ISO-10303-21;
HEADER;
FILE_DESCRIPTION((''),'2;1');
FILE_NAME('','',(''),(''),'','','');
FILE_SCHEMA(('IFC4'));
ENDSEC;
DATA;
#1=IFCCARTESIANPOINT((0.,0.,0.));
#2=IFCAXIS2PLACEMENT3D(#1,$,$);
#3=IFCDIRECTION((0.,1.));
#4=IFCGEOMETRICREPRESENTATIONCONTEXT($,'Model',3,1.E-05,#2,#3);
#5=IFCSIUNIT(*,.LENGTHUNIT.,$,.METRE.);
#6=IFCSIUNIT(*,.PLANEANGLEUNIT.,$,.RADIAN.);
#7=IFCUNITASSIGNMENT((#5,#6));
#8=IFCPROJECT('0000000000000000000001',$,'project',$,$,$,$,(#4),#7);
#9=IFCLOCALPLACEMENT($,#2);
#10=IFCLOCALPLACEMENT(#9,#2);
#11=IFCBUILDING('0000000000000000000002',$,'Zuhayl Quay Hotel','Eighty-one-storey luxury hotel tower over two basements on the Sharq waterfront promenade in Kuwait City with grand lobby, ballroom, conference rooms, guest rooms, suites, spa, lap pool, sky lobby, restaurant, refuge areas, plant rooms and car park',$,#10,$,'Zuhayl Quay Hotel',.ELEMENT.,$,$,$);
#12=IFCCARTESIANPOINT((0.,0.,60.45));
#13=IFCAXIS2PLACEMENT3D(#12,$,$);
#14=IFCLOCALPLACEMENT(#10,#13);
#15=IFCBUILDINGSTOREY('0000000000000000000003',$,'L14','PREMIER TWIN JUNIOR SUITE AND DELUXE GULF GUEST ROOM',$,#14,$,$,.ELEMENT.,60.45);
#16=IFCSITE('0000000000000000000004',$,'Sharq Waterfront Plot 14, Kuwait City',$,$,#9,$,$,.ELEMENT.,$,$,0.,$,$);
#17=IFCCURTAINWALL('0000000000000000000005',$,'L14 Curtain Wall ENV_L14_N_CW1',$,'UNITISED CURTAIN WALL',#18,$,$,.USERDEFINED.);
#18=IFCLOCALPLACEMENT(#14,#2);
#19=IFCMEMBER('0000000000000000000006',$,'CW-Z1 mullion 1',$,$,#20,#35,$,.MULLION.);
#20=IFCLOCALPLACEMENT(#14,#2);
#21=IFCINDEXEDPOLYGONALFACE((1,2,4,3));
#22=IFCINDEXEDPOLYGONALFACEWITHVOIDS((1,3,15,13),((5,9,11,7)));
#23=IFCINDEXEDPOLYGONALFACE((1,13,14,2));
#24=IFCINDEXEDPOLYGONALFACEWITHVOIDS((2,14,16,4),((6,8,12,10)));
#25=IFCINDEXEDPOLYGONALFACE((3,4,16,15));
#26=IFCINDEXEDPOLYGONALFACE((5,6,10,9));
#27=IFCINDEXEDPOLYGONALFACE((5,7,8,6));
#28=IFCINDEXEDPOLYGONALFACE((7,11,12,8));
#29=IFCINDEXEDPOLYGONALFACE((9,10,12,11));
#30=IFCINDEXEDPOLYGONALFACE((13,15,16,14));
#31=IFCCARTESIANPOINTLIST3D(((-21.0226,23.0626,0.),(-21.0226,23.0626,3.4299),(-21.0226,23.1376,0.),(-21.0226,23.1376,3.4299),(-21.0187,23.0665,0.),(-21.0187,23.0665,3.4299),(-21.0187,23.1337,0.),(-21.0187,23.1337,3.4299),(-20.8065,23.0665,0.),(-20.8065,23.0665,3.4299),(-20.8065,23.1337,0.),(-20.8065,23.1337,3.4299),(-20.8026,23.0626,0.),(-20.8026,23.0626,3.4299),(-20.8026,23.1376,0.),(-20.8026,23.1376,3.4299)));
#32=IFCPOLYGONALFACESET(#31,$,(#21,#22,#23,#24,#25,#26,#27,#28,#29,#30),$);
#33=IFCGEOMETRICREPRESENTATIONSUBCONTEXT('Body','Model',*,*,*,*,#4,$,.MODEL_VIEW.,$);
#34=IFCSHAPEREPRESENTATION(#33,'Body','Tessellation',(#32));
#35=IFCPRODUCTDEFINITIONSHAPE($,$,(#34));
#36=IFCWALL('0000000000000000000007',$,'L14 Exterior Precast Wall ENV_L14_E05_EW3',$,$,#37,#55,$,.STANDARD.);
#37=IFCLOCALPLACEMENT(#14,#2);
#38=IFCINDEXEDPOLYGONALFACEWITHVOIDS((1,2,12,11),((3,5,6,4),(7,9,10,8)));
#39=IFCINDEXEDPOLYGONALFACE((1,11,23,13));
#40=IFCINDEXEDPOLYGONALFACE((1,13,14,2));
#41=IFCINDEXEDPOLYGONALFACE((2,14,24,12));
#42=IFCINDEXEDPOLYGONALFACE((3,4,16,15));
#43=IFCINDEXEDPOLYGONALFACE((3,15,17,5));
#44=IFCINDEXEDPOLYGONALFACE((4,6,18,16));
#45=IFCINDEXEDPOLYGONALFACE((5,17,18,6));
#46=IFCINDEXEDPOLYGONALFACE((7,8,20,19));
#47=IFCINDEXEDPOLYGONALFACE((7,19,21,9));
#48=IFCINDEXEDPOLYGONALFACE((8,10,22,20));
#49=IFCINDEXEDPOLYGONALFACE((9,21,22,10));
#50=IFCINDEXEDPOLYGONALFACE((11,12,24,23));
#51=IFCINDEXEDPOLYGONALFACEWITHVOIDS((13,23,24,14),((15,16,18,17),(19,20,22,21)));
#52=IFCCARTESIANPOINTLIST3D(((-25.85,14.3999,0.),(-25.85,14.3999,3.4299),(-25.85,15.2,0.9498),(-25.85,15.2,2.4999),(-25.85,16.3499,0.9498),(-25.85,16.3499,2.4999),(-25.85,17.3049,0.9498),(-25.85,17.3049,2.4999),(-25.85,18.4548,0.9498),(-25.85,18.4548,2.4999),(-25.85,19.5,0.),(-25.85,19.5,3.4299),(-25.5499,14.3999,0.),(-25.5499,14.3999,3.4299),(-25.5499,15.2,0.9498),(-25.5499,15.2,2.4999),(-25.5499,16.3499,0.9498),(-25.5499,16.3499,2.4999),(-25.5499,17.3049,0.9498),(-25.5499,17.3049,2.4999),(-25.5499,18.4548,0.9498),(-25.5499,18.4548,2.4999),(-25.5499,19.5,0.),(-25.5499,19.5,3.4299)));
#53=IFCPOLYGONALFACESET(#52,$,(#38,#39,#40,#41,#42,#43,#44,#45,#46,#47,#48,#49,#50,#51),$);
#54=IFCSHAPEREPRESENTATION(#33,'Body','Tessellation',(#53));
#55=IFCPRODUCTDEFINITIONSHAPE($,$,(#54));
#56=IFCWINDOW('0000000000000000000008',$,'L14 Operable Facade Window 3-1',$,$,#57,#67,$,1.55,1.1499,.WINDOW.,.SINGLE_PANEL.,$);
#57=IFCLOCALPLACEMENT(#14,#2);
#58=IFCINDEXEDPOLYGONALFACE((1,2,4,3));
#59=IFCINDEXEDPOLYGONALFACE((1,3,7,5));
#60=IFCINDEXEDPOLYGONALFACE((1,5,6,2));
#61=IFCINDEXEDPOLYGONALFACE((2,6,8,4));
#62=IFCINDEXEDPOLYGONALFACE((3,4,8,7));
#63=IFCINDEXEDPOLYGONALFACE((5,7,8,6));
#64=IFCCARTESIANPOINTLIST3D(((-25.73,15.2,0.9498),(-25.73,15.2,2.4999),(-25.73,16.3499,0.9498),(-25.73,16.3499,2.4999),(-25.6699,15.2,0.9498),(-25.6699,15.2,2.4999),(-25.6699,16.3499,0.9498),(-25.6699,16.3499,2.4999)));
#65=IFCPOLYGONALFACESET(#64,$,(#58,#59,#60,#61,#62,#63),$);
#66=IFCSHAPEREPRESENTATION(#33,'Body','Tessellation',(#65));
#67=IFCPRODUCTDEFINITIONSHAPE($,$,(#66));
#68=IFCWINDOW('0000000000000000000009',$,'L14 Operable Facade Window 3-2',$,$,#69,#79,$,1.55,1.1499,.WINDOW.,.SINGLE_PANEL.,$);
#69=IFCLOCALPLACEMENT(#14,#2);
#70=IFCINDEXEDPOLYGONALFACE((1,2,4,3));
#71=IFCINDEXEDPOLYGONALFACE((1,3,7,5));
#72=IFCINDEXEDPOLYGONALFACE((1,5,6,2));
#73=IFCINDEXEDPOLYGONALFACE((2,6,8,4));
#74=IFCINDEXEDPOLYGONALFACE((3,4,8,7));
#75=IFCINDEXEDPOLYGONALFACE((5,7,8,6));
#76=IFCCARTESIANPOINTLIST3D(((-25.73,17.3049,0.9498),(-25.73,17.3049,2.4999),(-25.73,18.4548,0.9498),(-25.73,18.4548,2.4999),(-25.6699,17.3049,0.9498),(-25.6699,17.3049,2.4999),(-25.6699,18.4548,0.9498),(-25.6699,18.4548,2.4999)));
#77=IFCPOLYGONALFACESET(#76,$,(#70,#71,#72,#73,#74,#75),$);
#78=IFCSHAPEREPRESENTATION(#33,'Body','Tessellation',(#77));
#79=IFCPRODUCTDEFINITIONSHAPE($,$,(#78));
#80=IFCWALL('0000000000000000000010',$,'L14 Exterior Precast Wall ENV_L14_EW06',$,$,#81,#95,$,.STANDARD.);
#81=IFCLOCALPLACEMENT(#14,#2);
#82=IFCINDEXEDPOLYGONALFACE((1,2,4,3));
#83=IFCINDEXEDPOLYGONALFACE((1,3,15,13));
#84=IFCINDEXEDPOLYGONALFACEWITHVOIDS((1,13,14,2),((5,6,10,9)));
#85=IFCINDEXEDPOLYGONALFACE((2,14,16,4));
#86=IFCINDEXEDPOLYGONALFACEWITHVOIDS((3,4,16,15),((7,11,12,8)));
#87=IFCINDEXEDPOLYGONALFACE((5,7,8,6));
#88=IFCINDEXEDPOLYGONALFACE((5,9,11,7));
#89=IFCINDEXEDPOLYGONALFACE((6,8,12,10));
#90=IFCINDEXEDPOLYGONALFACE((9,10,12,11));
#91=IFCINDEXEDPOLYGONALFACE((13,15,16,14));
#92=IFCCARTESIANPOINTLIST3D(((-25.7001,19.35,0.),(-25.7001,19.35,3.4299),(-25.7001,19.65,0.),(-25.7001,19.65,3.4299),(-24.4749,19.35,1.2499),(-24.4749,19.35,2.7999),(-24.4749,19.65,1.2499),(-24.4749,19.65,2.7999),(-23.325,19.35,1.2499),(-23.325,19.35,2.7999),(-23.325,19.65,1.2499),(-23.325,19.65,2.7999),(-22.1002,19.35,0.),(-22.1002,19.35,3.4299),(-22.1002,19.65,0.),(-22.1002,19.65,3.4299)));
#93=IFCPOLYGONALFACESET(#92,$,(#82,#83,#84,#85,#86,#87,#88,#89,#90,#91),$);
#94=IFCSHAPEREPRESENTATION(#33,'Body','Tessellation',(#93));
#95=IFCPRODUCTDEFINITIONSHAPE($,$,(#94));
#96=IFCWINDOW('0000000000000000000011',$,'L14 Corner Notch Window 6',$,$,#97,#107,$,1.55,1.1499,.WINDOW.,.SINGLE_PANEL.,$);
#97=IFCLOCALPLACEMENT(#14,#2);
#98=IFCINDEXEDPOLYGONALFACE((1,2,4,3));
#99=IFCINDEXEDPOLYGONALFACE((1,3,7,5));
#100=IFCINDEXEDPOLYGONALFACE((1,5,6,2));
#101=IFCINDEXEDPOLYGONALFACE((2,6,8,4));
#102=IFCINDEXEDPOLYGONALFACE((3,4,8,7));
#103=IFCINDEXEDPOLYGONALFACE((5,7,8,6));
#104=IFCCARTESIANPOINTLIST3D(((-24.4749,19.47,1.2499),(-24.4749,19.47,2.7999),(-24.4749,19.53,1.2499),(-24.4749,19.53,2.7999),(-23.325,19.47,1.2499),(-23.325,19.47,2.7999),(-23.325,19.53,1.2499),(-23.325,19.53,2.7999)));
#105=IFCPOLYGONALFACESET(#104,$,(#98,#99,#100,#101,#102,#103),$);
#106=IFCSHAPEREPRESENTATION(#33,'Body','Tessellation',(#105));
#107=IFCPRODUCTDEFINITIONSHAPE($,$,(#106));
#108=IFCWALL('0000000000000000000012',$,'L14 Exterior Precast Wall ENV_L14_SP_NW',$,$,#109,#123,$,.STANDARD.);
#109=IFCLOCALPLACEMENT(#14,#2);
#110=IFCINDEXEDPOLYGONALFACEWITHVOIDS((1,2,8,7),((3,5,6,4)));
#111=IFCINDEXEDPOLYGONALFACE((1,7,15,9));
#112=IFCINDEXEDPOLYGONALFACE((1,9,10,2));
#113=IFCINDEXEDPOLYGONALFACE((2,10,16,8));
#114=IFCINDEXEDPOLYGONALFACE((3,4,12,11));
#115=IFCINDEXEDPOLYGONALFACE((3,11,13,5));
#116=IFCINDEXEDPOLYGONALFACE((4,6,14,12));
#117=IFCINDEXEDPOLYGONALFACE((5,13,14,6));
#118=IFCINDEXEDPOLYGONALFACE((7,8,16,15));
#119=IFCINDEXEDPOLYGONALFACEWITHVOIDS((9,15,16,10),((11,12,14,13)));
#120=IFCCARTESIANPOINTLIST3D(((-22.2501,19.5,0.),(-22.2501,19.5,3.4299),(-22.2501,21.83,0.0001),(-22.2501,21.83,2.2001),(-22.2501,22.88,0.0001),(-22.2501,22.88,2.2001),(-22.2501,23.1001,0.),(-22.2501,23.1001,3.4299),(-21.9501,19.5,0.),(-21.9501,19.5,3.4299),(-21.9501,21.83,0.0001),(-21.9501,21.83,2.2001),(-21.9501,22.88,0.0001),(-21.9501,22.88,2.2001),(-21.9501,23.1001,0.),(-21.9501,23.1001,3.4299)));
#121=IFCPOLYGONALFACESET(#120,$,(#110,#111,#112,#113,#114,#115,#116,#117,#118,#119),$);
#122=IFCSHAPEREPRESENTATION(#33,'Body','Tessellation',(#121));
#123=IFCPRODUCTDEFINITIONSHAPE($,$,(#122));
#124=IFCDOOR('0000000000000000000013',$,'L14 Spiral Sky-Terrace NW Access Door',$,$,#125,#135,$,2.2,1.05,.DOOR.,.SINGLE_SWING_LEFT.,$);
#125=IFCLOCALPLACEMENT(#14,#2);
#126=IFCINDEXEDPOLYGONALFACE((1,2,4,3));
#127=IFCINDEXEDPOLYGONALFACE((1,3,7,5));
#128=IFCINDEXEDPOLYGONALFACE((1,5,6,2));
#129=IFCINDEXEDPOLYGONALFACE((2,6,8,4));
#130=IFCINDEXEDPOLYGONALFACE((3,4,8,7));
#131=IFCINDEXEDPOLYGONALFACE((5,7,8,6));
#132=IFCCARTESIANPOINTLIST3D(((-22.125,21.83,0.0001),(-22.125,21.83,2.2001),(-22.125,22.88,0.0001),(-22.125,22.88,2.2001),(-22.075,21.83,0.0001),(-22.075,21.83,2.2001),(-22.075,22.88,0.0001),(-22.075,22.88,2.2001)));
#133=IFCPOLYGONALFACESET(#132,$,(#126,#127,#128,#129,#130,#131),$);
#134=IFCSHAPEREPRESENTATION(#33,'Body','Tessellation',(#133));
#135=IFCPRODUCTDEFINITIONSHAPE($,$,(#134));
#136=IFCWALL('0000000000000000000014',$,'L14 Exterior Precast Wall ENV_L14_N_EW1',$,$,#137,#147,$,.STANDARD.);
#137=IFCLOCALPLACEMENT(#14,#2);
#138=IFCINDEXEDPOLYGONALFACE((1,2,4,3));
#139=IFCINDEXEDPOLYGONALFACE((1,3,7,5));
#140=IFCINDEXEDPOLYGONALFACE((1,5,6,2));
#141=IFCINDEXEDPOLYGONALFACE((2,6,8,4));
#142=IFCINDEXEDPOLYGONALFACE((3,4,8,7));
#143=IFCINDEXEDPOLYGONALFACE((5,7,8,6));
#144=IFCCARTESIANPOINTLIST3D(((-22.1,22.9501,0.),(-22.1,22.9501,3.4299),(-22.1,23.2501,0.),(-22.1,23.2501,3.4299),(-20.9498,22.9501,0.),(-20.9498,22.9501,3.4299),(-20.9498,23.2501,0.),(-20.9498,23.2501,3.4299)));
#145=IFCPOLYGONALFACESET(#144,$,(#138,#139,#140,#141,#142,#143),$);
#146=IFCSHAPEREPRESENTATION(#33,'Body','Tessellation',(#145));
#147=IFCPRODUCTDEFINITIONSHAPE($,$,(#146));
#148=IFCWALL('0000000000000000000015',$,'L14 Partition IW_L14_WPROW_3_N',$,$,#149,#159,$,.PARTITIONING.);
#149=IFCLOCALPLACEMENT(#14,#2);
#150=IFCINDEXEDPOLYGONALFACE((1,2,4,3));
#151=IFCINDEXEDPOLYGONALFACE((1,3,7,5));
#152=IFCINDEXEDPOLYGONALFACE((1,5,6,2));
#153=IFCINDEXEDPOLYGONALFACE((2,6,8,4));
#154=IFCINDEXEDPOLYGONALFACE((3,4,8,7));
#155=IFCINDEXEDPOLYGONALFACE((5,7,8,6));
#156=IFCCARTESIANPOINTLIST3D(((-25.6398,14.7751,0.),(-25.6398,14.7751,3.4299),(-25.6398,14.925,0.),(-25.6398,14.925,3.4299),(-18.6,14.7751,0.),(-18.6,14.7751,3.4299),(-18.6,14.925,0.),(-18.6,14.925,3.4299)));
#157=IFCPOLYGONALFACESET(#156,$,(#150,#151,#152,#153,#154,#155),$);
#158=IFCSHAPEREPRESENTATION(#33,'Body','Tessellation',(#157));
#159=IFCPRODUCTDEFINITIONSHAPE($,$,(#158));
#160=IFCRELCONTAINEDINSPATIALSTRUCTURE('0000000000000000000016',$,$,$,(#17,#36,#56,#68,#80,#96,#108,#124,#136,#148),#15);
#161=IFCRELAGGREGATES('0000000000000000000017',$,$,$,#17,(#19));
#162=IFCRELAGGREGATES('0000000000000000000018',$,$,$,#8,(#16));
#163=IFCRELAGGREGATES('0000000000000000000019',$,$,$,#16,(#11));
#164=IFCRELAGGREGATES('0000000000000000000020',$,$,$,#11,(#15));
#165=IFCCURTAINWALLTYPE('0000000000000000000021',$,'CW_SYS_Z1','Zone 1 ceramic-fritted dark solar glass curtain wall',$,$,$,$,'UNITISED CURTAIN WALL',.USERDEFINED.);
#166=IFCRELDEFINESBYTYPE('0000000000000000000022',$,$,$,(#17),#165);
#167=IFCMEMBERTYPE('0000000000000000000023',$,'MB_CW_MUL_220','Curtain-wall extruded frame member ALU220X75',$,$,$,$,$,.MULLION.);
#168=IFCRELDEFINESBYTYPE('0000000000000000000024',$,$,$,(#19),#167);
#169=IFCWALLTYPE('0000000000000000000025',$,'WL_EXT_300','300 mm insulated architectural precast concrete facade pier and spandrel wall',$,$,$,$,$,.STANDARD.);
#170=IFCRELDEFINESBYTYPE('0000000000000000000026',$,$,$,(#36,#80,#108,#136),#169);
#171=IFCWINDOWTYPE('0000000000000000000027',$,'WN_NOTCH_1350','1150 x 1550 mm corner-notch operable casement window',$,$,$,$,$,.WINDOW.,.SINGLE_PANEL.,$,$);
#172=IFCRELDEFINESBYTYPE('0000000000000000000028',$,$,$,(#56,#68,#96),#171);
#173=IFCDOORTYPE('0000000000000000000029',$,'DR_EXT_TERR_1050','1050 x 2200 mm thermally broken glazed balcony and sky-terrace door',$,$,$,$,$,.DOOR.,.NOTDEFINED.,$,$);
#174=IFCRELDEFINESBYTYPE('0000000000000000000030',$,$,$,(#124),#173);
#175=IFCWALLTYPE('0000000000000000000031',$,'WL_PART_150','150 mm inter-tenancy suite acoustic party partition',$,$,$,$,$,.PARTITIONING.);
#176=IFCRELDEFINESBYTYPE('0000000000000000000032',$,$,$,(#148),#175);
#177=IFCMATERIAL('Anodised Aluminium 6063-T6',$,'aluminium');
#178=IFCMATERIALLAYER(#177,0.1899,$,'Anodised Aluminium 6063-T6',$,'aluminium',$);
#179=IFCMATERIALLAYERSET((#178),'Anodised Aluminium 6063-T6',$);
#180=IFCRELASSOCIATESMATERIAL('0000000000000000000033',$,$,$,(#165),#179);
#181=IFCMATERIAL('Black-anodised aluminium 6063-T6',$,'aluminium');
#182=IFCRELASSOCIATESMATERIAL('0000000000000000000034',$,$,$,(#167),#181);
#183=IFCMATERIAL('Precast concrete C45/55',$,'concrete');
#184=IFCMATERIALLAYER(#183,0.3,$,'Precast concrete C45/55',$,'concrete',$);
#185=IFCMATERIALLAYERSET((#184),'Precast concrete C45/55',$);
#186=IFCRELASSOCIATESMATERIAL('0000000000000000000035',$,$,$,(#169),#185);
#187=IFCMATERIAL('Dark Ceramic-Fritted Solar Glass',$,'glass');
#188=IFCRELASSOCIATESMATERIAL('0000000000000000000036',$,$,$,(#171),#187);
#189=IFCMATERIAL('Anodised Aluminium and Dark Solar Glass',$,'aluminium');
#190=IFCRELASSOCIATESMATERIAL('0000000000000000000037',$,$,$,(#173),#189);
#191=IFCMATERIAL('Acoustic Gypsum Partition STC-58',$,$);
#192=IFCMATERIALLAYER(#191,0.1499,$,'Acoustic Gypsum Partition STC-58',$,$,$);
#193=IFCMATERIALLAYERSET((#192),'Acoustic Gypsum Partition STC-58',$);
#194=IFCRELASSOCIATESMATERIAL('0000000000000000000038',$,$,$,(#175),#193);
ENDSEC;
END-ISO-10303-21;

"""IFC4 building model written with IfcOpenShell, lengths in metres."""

from ifc_helpers import new_model, si_unit, direction, frame, frame_2d, origin, origin_2d, place, context, subcontext, project, spatial, rectangle, hollow_rectangle, extrude, material, layer, layer_set, material_profile, profile_set, type_object, element, fill, aggregate, save


model = new_model("IFC4")

# Units and contexts
model_context = context("Model", 3, precision=1e-05, world=origin(), true_north=direction((0.0, 1.0)))
body_context = subcontext(model_context, "Body", "Model", "MODEL_VIEW")
ifc_project = project(units=[si_unit("LENGTHUNIT", "METRE"), si_unit("PLANEANGLEUNIT", "RADIAN")], contexts=[model_context])

# Site, building, storey
site_placement = place(None, origin())
site = spatial("IfcSite", under=ifc_project, at=site_placement, Name="Sharq Waterfront Plot 14, Kuwait City", CompositionType="ELEMENT", RefElevation=0.0)
building_placement = place(site_placement, origin())
building = spatial("IfcBuilding", under=site, at=building_placement, Name="Zuhayl Quay Hotel", Description="Eighty-one-storey luxury hotel tower over two basements on the Sharq waterfront promenade in Kuwait City with grand lobby, ballroom, conference rooms, guest rooms, suites, spa, lap pool, sky lobby, restaurant, refuge areas, plant rooms and car park", LongName="Zuhayl Quay Hotel", CompositionType="ELEMENT")
storey_placement = place(building_placement, frame((0.0, 0.0, 60.45)))
storey = spatial("IfcBuildingStorey", under=building, at=storey_placement, Name="L14", Description="PREMIER TWIN JUNIOR SUITE AND DELUXE GULF GUEST ROOM", CompositionType="ELEMENT", Elevation=60.45)

# Curtain wall, member
ifc_material_1 = material(Name="Anodised Aluminium 6063-T6", Category="aluminium")
ifc_layer_1 = layer(ifc_material_1, 0.1899, Name="Anodised Aluminium 6063-T6", Category="aluminium")
ifc_layer_set_1 = layer_set([ifc_layer_1], Name="Anodised Aluminium 6063-T6")
curtain_wall_type = type_object("IfcCurtainWallType", Name="CW_SYS_Z1", Description="Zone 1 ceramic-fritted dark solar glass curtain wall", ElementType="UNITISED CURTAIN WALL", PredefinedType="USERDEFINED", material=ifc_layer_set_1)
curtain_wall_placement = place(storey_placement, origin())
curtain_wall = element("IfcCurtainWall", 1, at=curtain_wall_placement, inside=storey, type_object=curtain_wall_type, Name="L14 Curtain Wall ENV_L14_N_CW1", ObjectType="UNITISED CURTAIN WALL", PredefinedType="USERDEFINED")
ifc_material_2 = material(Name="Black-anodised aluminium 6063-T6", Category="aluminium")
ifc_material_profile = material_profile(ifc_material_2, hollow_rectangle(XDim=0.075, YDim=0.22, WallThickness=0.0039, at=origin_2d()), Name="ALU220X75")
ifc_profile_set = profile_set([ifc_material_profile], Name="Black-anodised aluminium 6063-T6")
member_type = type_object("IfcMemberType", Name="MB_CW_MUL_220", Description="Curtain-wall extruded frame member ALU220X75", PredefinedType="MULLION", material=ifc_profile_set)
member_placement = place(storey_placement, frame((-20.9126, 23.1001, 0.0), z_axis=(0.0, 0.0, 1.0), x_axis=(0.0, 1.0, 0.0)))
member = element("IfcMember", 2, at=member_placement, type_object=member_type, Name="CW-Z1 mullion 1", PredefinedType="MULLION", context=body_context, shape_type="SweptSolid", body=[
    extrude(hollow_rectangle(XDim=0.075, YDim=0.22, WallThickness=0.0039, at=origin_2d()), origin(), (0.0, 0.0, 1.0), 3.4299),
])
aggregate(curtain_wall, [member])

# Wall, openings, windows
ifc_material_3 = material(Name="Precast concrete C45/55", Category="concrete")
ifc_layer_2 = layer(ifc_material_3, 0.3, Name="Precast concrete C45/55", Category="concrete")
ifc_layer_set_2 = layer_set([ifc_layer_2], Name="Precast concrete C45/55")
wall_type_1 = type_object("IfcWallType", Name="WL_EXT_300", Description="300 mm insulated architectural precast concrete facade pier and spandrel wall", PredefinedType="STANDARD", material=ifc_layer_set_2)
wall_1_placement = place(storey_placement, frame((-25.7, 14.3999, 0.0), z_axis=(0.0, 0.0, 1.0), x_axis=(0.0, 1.0, 0.0)))
wall_1 = element("IfcWall", 3, at=wall_1_placement, inside=storey, type_object=wall_type_1, Name="L14 Exterior Precast Wall ENV_L14_E05_EW3", PredefinedType="STANDARD", context=body_context, shape_type="SweptSolid", body=[
    extrude(rectangle(XDim=5.1001, YDim=0.3, at=frame_2d((2.55, 0.0))), origin(), (0.0, 0.0, 1.0), 3.4299),
])
opening_1_placement = place(wall_1_placement, frame((0.8, 0.0, 0.95)))
opening_1 = element("IfcOpeningElement", 4, at=opening_1_placement, cuts=wall_1, PredefinedType="OPENING", context=body_context, shape_type="SweptSolid", body=[
    extrude(rectangle(XDim=1.1499, YDim=1.55, at=frame_2d((0.575, 0.7749))), frame((0.0, 0.1599, 0.0), z_axis=(0.0, -1.0, 0.0), x_axis=(1.0, 0.0, 0.0)), (0.0, 0.0, 1.0), 0.3201),
])
opening_2_placement = place(wall_1_placement, frame((2.905, 0.0, 0.95)))
opening_2 = element("IfcOpeningElement", 5, at=opening_2_placement, cuts=wall_1, PredefinedType="OPENING", context=body_context, shape_type="SweptSolid", body=[
    extrude(rectangle(XDim=1.1499, YDim=1.55, at=frame_2d((0.575, 0.7749))), frame((0.0, 0.1599, 0.0), z_axis=(0.0, -1.0, 0.0), x_axis=(1.0, 0.0, 0.0)), (0.0, 0.0, 1.0), 0.3201),
])
ifc_material_4 = material(Name="Dark Ceramic-Fritted Solar Glass", Category="glass")
window_type = type_object("IfcWindowType", Name="WN_NOTCH_1350", Description="1150 x 1550 mm corner-notch operable casement window", PartitioningType="SINGLE_PANEL", PredefinedType="WINDOW", material=ifc_material_4)
window_1_placement = place(opening_1_placement, origin())
window_1 = element("IfcWindow", 6, at=window_1_placement, inside=storey, type_object=window_type, Name="L14 Operable Facade Window 3-1", OverallHeight=1.55, OverallWidth=1.1499, PartitioningType="SINGLE_PANEL", PredefinedType="WINDOW", context=body_context, shape_type="SweptSolid", body=[
    extrude(rectangle(XDim=1.1499, YDim=1.55, at=frame_2d((0.575, 0.7749))), frame((0.0, 0.03, 0.0), z_axis=(0.0, -1.0, 0.0), x_axis=(1.0, 0.0, 0.0)), (0.0, 0.0, 1.0), 0.0601),
])
fill(opening_1, window_1)
window_2_placement = place(opening_2_placement, origin())
window_2 = element("IfcWindow", 7, at=window_2_placement, inside=storey, type_object=window_type, Name="L14 Operable Facade Window 3-2", OverallHeight=1.55, OverallWidth=1.1499, PartitioningType="SINGLE_PANEL", PredefinedType="WINDOW", context=body_context, shape_type="SweptSolid", body=[
    extrude(rectangle(XDim=1.1499, YDim=1.55, at=frame_2d((0.575, 0.7749))), frame((0.0, 0.03, 0.0), z_axis=(0.0, -1.0, 0.0), x_axis=(1.0, 0.0, 0.0)), (0.0, 0.0, 1.0), 0.0601),
])
fill(opening_2, window_2)

# Wall, opening, window
wall_2_placement = place(storey_placement, frame((-25.7, 19.5, 0.0), z_axis=(0.0, 0.0, 1.0), x_axis=(1.0, 0.0, 0.0)))
wall_2 = element("IfcWall", 8, at=wall_2_placement, inside=storey, type_object=wall_type_1, Name="L14 Exterior Precast Wall ENV_L14_EW06", PredefinedType="STANDARD", context=body_context, shape_type="SweptSolid", body=[
    extrude(rectangle(XDim=3.5999, YDim=0.3, at=frame_2d((1.7998, 0.0))), origin(), (0.0, 0.0, 1.0), 3.4299),
])
opening_3_placement = place(wall_2_placement, frame((1.2251, 0.0, 1.25)))
opening_3 = element("IfcOpeningElement", 9, at=opening_3_placement, cuts=wall_2, PredefinedType="OPENING", context=body_context, shape_type="SweptSolid", body=[
    extrude(rectangle(XDim=1.1499, YDim=1.55, at=frame_2d((0.575, 0.7749))), frame((0.0, 0.1599, 0.0), z_axis=(0.0, -1.0, 0.0), x_axis=(1.0, 0.0, 0.0)), (0.0, 0.0, 1.0), 0.3201),
])
window_3_placement = place(opening_3_placement, origin())
window_3 = element("IfcWindow", 10, at=window_3_placement, inside=storey, type_object=window_type, Name="L14 Corner Notch Window 6", OverallHeight=1.55, OverallWidth=1.1499, PartitioningType="SINGLE_PANEL", PredefinedType="WINDOW", context=body_context, shape_type="SweptSolid", body=[
    extrude(rectangle(XDim=1.1499, YDim=1.55, at=frame_2d((0.575, 0.7749))), frame((0.0, 0.03, 0.0), z_axis=(0.0, -1.0, 0.0), x_axis=(1.0, 0.0, 0.0)), (0.0, 0.0, 1.0), 0.0601),
])
fill(opening_3, window_3)

# Wall, opening, door
wall_3_placement = place(storey_placement, frame((-22.1001, 19.5, 0.0), z_axis=(0.0, 0.0, 1.0), x_axis=(0.0, 1.0, 0.0)))
wall_3 = element("IfcWall", 11, at=wall_3_placement, inside=storey, type_object=wall_type_1, Name="L14 Exterior Precast Wall ENV_L14_SP_NW", PredefinedType="STANDARD", context=body_context, shape_type="SweptSolid", body=[
    extrude(rectangle(XDim=3.6001, YDim=0.3, at=frame_2d((1.8, 0.0))), origin(), (0.0, 0.0, 1.0), 3.4299),
])
opening_4_placement = place(wall_3_placement, frame((2.3301, 0.0, 0.0)))
opening_4 = element("IfcOpeningElement", 12, at=opening_4_placement, cuts=wall_3, PredefinedType="OPENING", context=body_context, shape_type="SweptSolid", body=[
    extrude(rectangle(XDim=1.05, YDim=2.2, at=frame_2d((0.5249, 1.1001))), frame((0.0, 0.1599, 0.0), z_axis=(0.0, -1.0, 0.0), x_axis=(1.0, 0.0, 0.0)), (0.0, 0.0, 1.0), 0.3201),
])
ifc_material_5 = material(Name="Anodised Aluminium and Dark Solar Glass", Category="aluminium")
door_type_1 = type_object("IfcDoorType", Name="DR_EXT_TERR_1050", Description="1050 x 2200 mm thermally broken glazed balcony and sky-terrace door", OperationType="NOTDEFINED", PredefinedType="DOOR", material=ifc_material_5)
door_1_placement = place(opening_4_placement, origin())
door_1 = element("IfcDoor", 13, at=door_1_placement, inside=storey, type_object=door_type_1, Name="L14 Spiral Sky-Terrace NW Access Door", OperationType="SINGLE_SWING_LEFT", OverallHeight=2.2, OverallWidth=1.05, PredefinedType="DOOR", context=body_context, shape_type="SweptSolid", body=[
    extrude(rectangle(XDim=1.05, YDim=2.2, at=frame_2d((0.5249, 1.1001))), frame((0.0, 0.0249, 0.0), z_axis=(0.0, -1.0, 0.0), x_axis=(1.0, 0.0, 0.0)), (0.0, 0.0, 1.0), 0.05),
])
fill(opening_4, door_1)

# Walls
wall_4_placement = place(storey_placement, frame((-22.1001, 23.1001, 0.0), z_axis=(0.0, 0.0, 1.0), x_axis=(1.0, 0.0, 0.0)))
element("IfcWall", 14, at=wall_4_placement, inside=storey, type_object=wall_type_1, Name="L14 Exterior Precast Wall ENV_L14_N_EW1", PredefinedType="STANDARD", context=body_context, shape_type="SweptSolid", body=[
    extrude(rectangle(XDim=1.1501, YDim=0.3, at=frame_2d((0.5752, 0.0))), origin(), (0.0, 0.0, 1.0), 3.4299),
])
ifc_material_6 = material(Name="Acoustic Gypsum Partition STC-58")
ifc_layer_3 = layer(ifc_material_6, 0.1499, Name="Acoustic Gypsum Partition STC-58")
ifc_layer_set_3 = layer_set([ifc_layer_3], Name="Acoustic Gypsum Partition STC-58")
wall_type_2 = type_object("IfcWallType", Name="WL_PART_150", Description="150 mm inter-tenancy suite acoustic party partition", PredefinedType="PARTITIONING", material=ifc_layer_set_3)
wall_5_placement = place(storey_placement, frame((-25.6399, 14.8501, 0.0), z_axis=(0.0, 0.0, 1.0), x_axis=(1.0, 0.0, 0.0)))
element("IfcWall", 15, at=wall_5_placement, inside=storey, type_object=wall_type_2, Name="L14 Partition IW_L14_WPROW_3_N", PredefinedType="PARTITIONING", context=body_context, shape_type="SweptSolid", body=[
    extrude(rectangle(XDim=7.0398, YDim=0.1499, at=frame_2d((3.52, 0.0))), origin(), (0.0, 0.0, 1.0), 3.4299),
])

save(model, "model.ifc")
